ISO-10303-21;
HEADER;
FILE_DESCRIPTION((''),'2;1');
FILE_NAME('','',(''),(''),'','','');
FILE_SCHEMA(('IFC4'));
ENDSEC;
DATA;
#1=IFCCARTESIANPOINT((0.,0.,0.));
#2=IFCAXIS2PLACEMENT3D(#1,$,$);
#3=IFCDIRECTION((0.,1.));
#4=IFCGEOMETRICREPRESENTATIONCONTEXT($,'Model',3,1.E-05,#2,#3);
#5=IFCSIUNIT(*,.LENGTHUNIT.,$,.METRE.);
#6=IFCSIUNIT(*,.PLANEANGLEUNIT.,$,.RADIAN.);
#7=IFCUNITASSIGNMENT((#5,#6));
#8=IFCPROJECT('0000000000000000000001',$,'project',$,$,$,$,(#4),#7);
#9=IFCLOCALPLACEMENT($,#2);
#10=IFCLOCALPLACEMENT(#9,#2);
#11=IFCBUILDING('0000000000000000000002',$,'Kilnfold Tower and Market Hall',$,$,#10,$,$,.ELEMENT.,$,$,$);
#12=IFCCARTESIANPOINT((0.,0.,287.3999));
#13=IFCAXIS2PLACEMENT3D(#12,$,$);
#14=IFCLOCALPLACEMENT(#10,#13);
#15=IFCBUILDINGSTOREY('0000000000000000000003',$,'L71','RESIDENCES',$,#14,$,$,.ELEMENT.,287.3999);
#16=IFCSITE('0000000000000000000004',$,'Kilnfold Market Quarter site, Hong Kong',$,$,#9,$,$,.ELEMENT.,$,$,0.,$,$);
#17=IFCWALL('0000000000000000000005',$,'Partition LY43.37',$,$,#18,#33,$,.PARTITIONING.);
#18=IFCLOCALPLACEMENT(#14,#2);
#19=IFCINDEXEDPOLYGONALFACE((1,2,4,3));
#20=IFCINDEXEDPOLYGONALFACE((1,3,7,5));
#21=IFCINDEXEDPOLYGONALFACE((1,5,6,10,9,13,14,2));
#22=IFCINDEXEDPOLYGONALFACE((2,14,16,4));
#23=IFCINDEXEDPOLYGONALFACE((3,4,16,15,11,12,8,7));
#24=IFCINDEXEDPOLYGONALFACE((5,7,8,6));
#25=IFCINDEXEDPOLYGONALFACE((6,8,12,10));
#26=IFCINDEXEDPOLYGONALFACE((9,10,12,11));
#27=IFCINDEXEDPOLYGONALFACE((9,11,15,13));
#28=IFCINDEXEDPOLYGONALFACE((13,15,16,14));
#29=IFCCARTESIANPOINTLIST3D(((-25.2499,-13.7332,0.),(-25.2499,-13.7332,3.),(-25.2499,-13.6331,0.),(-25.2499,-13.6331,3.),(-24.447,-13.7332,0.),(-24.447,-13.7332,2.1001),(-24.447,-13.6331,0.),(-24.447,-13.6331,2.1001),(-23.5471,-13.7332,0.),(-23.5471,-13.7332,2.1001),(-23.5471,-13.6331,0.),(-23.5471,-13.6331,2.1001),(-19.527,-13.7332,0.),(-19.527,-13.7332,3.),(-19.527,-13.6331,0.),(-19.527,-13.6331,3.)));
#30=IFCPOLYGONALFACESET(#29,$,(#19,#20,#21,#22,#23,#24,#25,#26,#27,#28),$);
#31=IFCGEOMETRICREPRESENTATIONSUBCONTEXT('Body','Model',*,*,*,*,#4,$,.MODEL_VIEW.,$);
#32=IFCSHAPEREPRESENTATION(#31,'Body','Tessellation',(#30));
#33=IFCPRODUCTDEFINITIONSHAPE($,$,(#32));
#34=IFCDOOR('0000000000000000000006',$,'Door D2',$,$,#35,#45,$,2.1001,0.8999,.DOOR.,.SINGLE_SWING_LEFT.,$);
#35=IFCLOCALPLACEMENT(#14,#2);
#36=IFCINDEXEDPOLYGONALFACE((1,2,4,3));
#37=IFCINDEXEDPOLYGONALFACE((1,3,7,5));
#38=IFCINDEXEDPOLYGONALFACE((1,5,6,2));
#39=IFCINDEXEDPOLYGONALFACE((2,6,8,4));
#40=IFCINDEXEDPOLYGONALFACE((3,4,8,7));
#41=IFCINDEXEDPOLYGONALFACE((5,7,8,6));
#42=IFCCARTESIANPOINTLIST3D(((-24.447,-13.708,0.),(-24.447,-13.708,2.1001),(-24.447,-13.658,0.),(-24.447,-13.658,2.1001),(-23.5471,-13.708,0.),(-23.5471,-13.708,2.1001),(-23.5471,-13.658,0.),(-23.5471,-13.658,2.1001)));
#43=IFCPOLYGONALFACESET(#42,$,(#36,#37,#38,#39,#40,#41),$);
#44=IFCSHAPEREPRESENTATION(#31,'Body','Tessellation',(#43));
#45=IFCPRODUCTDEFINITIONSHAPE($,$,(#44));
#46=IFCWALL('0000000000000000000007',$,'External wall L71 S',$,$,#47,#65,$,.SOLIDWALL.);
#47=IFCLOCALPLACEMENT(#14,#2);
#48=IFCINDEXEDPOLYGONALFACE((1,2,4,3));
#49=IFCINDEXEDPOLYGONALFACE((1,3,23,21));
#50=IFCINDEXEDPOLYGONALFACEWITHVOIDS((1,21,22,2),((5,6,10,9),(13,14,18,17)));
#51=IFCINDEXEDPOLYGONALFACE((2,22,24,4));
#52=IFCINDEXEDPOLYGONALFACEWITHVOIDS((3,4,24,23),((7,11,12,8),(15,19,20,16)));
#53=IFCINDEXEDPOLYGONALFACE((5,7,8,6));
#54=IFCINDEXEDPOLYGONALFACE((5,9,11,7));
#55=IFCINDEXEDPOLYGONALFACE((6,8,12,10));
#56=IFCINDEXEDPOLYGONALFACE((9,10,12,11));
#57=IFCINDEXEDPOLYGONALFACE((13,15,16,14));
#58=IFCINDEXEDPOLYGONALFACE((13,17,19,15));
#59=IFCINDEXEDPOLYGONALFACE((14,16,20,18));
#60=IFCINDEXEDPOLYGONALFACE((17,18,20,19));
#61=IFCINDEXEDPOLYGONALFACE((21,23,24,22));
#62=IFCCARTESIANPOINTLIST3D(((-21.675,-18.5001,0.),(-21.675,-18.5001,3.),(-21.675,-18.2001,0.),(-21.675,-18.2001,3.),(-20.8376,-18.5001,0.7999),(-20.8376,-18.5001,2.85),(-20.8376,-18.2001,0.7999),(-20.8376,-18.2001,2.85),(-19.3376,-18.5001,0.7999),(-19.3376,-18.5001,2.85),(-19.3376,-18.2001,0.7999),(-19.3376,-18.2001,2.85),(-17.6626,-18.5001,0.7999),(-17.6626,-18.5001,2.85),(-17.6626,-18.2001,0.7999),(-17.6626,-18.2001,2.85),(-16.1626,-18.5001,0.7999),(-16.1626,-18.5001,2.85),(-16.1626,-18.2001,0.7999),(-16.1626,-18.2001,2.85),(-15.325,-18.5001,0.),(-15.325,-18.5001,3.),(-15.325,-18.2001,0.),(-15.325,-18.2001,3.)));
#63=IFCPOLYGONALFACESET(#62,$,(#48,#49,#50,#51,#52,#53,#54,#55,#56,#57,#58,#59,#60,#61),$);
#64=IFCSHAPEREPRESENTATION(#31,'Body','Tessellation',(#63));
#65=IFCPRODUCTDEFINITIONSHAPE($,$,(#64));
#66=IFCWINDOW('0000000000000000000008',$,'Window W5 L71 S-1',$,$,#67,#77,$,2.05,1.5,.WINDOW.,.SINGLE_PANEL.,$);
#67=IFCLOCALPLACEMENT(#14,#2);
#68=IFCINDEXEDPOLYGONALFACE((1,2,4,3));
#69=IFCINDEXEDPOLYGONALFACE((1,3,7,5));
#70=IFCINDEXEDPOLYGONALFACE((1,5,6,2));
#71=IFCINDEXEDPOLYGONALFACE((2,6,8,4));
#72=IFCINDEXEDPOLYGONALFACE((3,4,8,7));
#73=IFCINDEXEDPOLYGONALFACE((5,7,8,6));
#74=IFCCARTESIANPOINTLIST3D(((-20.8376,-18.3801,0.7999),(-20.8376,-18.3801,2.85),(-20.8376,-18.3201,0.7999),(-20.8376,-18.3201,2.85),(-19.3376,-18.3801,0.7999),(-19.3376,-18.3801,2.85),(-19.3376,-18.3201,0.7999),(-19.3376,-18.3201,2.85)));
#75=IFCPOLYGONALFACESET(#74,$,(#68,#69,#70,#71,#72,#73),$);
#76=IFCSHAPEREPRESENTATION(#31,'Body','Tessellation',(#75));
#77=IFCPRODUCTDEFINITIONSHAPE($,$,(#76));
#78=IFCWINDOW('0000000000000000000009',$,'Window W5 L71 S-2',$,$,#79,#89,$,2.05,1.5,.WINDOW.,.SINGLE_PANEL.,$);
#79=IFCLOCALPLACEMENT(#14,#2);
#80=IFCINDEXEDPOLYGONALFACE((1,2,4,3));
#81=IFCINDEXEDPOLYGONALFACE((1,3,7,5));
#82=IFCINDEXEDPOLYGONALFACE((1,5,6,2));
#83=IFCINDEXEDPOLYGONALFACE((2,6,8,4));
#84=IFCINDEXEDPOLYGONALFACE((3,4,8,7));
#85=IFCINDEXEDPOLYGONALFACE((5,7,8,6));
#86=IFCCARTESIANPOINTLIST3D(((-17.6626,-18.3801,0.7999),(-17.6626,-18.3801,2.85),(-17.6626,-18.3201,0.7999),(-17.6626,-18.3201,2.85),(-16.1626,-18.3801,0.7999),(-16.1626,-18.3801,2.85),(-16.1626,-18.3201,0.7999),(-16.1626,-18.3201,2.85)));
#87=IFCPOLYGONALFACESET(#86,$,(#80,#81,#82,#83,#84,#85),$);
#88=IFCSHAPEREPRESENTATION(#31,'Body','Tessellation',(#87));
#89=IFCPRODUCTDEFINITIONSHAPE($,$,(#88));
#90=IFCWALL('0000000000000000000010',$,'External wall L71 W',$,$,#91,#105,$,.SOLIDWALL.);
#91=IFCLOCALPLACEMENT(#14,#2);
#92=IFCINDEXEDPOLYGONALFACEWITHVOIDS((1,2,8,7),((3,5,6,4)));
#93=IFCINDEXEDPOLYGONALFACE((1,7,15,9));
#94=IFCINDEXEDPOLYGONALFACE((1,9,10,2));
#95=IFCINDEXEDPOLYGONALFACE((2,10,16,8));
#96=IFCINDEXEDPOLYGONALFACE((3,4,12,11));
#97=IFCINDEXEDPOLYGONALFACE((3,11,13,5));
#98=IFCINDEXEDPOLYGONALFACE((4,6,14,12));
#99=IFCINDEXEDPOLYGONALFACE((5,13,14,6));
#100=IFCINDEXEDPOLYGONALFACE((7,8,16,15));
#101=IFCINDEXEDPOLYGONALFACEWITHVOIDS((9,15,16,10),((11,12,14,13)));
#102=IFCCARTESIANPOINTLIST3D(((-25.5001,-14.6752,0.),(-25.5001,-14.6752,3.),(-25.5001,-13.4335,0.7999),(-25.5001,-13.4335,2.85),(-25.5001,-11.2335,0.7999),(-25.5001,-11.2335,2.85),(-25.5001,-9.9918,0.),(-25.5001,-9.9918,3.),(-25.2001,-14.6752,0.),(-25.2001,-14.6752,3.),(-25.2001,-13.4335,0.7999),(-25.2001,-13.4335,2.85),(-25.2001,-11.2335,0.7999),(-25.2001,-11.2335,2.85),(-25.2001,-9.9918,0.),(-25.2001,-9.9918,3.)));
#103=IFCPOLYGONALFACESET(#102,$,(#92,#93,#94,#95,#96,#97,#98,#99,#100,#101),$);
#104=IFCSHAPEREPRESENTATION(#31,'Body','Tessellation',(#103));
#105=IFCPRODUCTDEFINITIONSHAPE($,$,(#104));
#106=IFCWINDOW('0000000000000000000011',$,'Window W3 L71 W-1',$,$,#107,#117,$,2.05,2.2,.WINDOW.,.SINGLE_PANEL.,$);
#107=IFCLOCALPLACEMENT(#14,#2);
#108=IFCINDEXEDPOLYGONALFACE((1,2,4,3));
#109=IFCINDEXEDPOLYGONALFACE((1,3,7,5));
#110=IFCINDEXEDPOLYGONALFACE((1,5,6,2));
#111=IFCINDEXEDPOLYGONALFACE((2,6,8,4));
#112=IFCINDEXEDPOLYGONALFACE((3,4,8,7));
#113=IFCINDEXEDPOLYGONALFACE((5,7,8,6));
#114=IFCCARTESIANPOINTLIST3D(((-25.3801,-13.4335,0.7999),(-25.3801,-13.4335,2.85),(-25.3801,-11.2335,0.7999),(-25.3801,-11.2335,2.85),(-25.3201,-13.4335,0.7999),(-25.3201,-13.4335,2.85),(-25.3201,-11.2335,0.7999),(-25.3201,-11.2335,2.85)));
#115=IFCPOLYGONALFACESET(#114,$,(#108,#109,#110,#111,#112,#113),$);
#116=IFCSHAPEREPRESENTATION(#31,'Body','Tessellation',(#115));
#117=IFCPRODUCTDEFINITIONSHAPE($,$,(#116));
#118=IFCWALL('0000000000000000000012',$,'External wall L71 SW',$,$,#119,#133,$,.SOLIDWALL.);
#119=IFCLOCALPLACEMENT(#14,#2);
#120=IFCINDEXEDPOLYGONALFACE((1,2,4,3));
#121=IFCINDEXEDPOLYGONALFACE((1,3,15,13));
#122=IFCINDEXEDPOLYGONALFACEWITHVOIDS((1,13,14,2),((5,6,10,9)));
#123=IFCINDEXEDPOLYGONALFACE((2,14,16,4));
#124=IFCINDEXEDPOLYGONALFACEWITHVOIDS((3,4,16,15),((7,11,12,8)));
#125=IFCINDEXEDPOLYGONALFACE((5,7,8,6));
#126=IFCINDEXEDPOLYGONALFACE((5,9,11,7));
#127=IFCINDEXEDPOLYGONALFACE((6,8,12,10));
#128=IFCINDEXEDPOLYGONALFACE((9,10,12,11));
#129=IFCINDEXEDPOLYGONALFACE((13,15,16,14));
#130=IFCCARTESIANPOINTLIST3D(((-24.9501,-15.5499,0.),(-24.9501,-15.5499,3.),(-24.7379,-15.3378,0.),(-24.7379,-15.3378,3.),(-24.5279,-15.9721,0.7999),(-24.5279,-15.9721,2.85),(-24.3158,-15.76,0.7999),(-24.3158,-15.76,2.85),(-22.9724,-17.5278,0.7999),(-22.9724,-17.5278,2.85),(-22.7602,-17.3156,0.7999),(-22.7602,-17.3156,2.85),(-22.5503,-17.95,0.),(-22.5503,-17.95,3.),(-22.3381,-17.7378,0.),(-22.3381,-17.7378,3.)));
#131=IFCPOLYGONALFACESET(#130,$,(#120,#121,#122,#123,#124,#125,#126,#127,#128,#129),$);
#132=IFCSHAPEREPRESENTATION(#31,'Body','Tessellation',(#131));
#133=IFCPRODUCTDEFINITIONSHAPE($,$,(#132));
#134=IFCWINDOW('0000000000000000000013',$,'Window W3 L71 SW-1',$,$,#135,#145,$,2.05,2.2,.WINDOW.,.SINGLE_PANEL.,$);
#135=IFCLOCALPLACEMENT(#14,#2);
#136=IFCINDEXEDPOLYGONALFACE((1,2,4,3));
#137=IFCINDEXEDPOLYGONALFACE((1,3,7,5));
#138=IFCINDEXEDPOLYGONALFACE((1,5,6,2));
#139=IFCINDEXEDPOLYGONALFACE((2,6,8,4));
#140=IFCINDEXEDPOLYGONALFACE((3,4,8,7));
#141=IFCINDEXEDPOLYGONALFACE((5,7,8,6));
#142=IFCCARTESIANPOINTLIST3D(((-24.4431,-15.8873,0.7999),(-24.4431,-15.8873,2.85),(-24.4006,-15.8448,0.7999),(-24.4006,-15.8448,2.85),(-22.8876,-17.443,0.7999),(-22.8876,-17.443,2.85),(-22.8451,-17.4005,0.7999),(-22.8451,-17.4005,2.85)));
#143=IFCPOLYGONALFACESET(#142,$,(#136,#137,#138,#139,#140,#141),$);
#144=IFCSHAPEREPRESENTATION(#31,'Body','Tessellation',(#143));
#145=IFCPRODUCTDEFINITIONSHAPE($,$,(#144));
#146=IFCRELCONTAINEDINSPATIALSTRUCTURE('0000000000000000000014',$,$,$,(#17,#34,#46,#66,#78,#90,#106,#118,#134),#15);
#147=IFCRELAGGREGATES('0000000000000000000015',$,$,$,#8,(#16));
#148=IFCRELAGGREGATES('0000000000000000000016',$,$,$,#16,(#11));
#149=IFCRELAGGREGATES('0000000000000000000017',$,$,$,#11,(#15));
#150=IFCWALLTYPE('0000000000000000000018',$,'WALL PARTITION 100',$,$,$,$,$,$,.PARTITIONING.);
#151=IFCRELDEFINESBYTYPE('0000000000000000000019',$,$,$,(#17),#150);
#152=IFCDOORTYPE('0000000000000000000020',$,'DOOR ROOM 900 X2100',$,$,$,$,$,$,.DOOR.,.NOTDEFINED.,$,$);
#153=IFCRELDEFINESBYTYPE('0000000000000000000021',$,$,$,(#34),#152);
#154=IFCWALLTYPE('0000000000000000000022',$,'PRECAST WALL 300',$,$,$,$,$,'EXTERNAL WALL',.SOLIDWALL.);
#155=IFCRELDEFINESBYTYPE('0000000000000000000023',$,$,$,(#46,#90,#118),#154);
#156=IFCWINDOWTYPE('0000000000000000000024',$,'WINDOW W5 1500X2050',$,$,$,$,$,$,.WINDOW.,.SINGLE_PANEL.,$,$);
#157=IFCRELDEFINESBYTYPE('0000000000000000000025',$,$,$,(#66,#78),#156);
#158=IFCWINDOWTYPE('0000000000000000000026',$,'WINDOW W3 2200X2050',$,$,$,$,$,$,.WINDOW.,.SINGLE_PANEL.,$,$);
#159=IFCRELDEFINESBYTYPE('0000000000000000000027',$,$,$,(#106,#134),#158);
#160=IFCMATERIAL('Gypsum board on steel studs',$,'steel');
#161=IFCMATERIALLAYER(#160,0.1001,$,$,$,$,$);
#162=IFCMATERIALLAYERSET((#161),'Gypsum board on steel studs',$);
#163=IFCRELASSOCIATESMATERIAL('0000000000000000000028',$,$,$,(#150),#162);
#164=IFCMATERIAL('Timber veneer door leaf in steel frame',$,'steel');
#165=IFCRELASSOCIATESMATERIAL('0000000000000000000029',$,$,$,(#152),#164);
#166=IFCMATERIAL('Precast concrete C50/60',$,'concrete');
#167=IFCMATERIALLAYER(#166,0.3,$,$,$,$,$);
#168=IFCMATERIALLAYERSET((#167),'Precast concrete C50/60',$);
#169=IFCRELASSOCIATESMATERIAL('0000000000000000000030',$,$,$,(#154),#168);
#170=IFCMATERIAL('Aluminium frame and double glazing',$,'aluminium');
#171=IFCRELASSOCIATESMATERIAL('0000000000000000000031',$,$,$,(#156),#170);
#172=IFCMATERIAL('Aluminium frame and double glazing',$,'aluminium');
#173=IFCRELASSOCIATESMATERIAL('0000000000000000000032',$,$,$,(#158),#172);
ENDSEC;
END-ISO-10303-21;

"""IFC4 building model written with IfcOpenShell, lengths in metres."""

from ifc_helpers import new_model, si_unit, direction, frame, frame_2d, origin, place, context, subcontext, project, spatial, rectangle, extrude, source, transform, mapped, material, layer, layer_set, type_object, element, fill, save


model = new_model("IFC4")

# Units and contexts
model_context = context("Model", 3, precision=1e-05, world=origin(), true_north=direction((0.0, 1.0)))
body_context = subcontext(model_context, "Body", "Model", "MODEL_VIEW")
ifc_project = project(units=[si_unit("LENGTHUNIT", "METRE"), si_unit("PLANEANGLEUNIT", "RADIAN")], contexts=[model_context])

# Site, building, storey
site_placement = place(None, origin())
site = spatial("IfcSite", under=ifc_project, at=site_placement, Name="Kilnfold Market Quarter site, Hong Kong", CompositionType="ELEMENT", RefElevation=0.0)
building_placement = place(site_placement, origin())
building = spatial("IfcBuilding", under=site, at=building_placement, Name="Kilnfold Tower and Market Hall", CompositionType="ELEMENT")
storey_placement = place(building_placement, frame((0.0, 0.0, 287.3999)))
storey = spatial("IfcBuildingStorey", under=building, at=storey_placement, Name="L71", Description="RESIDENCES", CompositionType="ELEMENT", Elevation=287.3999)

# Wall, opening, door
ifc_material_1 = material(Name="Gypsum board on steel studs", Category="steel")
ifc_layer_1 = layer(ifc_material_1, 0.1001)
ifc_layer_set_1 = layer_set([ifc_layer_1], Name="Gypsum board on steel studs")
wall_type_1 = type_object("IfcWallType", Name="WALL PARTITION 100", PredefinedType="PARTITIONING", material=ifc_layer_set_1)
wall_1_placement = place(storey_placement, frame((-19.5271, -13.6831, 0.0), z_axis=(0.0, 0.0, 1.0), x_axis=(-1.0, 0.0, 0.0)))
wall_1 = element("IfcWall", 1, at=wall_1_placement, inside=storey, type_object=wall_type_1, Name="Partition LY43.37", PredefinedType="PARTITIONING", context=body_context, shape_type="SweptSolid", body=[
    extrude(rectangle(XDim=5.7229, YDim=0.1001, at=frame_2d((2.8613, 0.0))), origin(), (0.0, 0.0, 1.0), 3.0),
])
opening_1_placement = place(wall_1_placement, frame((4.02, 0.0, 0.0)))
opening_1 = element("IfcOpeningElement", 2, at=opening_1_placement, cuts=wall_1, PredefinedType="OPENING", context=body_context, shape_type="SweptSolid", body=[
    extrude(rectangle(XDim=0.8999, YDim=2.1001, at=frame_2d((0.45, 1.05))), frame((0.0, 0.0601, 0.0), z_axis=(0.0, -1.0, 0.0), x_axis=(1.0, 0.0, 0.0)), (0.0, 0.0, 1.0), 0.1201),
])
ifc_material_2 = material(Name="Timber veneer door leaf in steel frame", Category="steel")
door_type_1 = type_object("IfcDoorType", Name="DOOR ROOM 900 X2100", OperationType="NOTDEFINED", PredefinedType="DOOR", material=ifc_material_2)
door_1_placement = place(opening_1_placement, origin())
door_1 = element("IfcDoor", 3, at=door_1_placement, inside=storey, type_object=door_type_1, Name="Door D2", OperationType="SINGLE_SWING_LEFT", OverallHeight=2.1001, OverallWidth=0.8999, PredefinedType="DOOR", context=body_context, shape_type="SweptSolid", body=[
    extrude(rectangle(XDim=0.8999, YDim=2.1001, at=frame_2d((0.45, 1.05))), frame((0.0, 0.0249, 0.0), z_axis=(0.0, -1.0, 0.0), x_axis=(1.0, 0.0, 0.0)), (0.0, 0.0, 1.0), 0.05),
])
fill(opening_1, door_1)

# Wall, openings, windows
ifc_material_3 = material(Name="Precast concrete C50/60", Category="concrete")
ifc_layer_2 = layer(ifc_material_3, 0.3)
ifc_layer_set_2 = layer_set([ifc_layer_2], Name="Precast concrete C50/60")
wall_type_2 = type_object("IfcWallType", Name="PRECAST WALL 300", ElementType="EXTERNAL WALL", PredefinedType="SOLIDWALL", material=ifc_layer_set_2)
shared_shape_1 = source(origin(), body_context, "Body", "SweptSolid", [
    extrude(rectangle(XDim=6.3501, YDim=0.3, at=frame_2d((3.175, 0.0))), origin(), (0.0, 0.0, 1.0), 3.0),
])
wall_2_placement = place(storey_placement, frame((-21.675, -18.3501, 0.0), z_axis=(0.0, 0.0, 1.0), x_axis=(1.0, 0.0, 0.0)))
wall_2 = element("IfcWall", 4, at=wall_2_placement, inside=storey, type_object=wall_type_2, Name="External wall L71 S", PredefinedType="SOLIDWALL", context=body_context, shape_type="MappedRepresentation", body=[
    mapped(shared_shape_1, transform((0.0, 0.0, 0.0))),
])
opening_2_placement = place(wall_2_placement, frame((0.8374, 0.0, 0.8)))
opening_2 = element("IfcOpeningElement", 5, at=opening_2_placement, cuts=wall_2, PredefinedType="OPENING", context=body_context, shape_type="SweptSolid", body=[
    extrude(rectangle(XDim=1.5, YDim=2.05, at=frame_2d((0.75, 1.0249))), frame((0.0, 0.1602, 0.0), z_axis=(0.0, -1.0, 0.0), x_axis=(1.0, 0.0, 0.0)), (0.0, 0.0, 1.0), 0.3201),
])
opening_3_placement = place(wall_2_placement, frame((4.0125, 0.0, 0.8)))
opening_3 = element("IfcOpeningElement", 6, at=opening_3_placement, cuts=wall_2, PredefinedType="OPENING", context=body_context, shape_type="SweptSolid", body=[
    extrude(rectangle(XDim=1.5, YDim=2.05, at=frame_2d((0.75, 1.0249))), frame((0.0, 0.1602, 0.0), z_axis=(0.0, -1.0, 0.0), x_axis=(1.0, 0.0, 0.0)), (0.0, 0.0, 1.0), 0.3201),
])
ifc_material_4 = material(Name="Aluminium frame and double glazing", Category="aluminium")
window_type_1 = type_object("IfcWindowType", Name="WINDOW W5 1500X2050", PartitioningType="SINGLE_PANEL", PredefinedType="WINDOW", material=ifc_material_4)
window_1_placement = place(opening_2_placement, origin())
window_1 = element("IfcWindow", 7, at=window_1_placement, inside=storey, type_object=window_type_1, Name="Window W5 L71 S-1", OverallHeight=2.05, OverallWidth=1.5, PartitioningType="SINGLE_PANEL", PredefinedType="WINDOW", context=body_context, shape_type="SweptSolid", body=[
    extrude(rectangle(XDim=1.5, YDim=2.05, at=frame_2d((0.75, 1.0249))), frame((0.0, 0.03, 0.0), z_axis=(0.0, -1.0, 0.0), x_axis=(1.0, 0.0, 0.0)), (0.0, 0.0, 1.0), 0.0601),
])
fill(opening_2, window_1)
window_2_placement = place(opening_3_placement, origin())
window_2 = element("IfcWindow", 8, at=window_2_placement, inside=storey, type_object=window_type_1, Name="Window W5 L71 S-2", OverallHeight=2.05, OverallWidth=1.5, PartitioningType="SINGLE_PANEL", PredefinedType="WINDOW", context=body_context, shape_type="SweptSolid", body=[
    extrude(rectangle(XDim=1.5, YDim=2.05, at=frame_2d((0.75, 1.0249))), frame((0.0, 0.03, 0.0), z_axis=(0.0, -1.0, 0.0), x_axis=(1.0, 0.0, 0.0)), (0.0, 0.0, 1.0), 0.0601),
])
fill(opening_3, window_2)

# Walls, openings, windows
shared_shape_2 = source(origin(), body_context, "Body", "SweptSolid", [
    extrude(rectangle(XDim=4.6833, YDim=0.3, at=frame_2d((2.3418, 0.0))), origin(), (0.0, 0.0, 1.0), 3.0),
])
wall_3_placement = place(storey_placement, frame((-25.3501, -9.9917, 0.0), z_axis=(0.0, 0.0, 1.0), x_axis=(0.0, -1.0, 0.0)))
wall_3 = element("IfcWall", 9, at=wall_3_placement, inside=storey, type_object=wall_type_2, Name="External wall L71 W", PredefinedType="SOLIDWALL", context=body_context, shape_type="MappedRepresentation", body=[
    mapped(shared_shape_2, transform((0.0, 0.0, 0.0))),
])
opening_4_placement = place(wall_3_placement, frame((1.2417, 0.0, 0.8)))
opening_4 = element("IfcOpeningElement", 10, at=opening_4_placement, cuts=wall_3, PredefinedType="OPENING", context=body_context, shape_type="SweptSolid", body=[
    extrude(rectangle(XDim=2.2, YDim=2.05, at=frame_2d((1.1001, 1.0249))), frame((0.0, 0.1602, 0.0), z_axis=(0.0, -1.0, 0.0), x_axis=(1.0, 0.0, 0.0)), (0.0, 0.0, 1.0), 0.3201),
])
ifc_material_5 = material(Name="Aluminium frame and double glazing", Category="aluminium")
window_type_2 = type_object("IfcWindowType", Name="WINDOW W3 2200X2050", PartitioningType="SINGLE_PANEL", PredefinedType="WINDOW", material=ifc_material_5)
window_3_placement = place(opening_4_placement, origin())
window_3 = element("IfcWindow", 11, at=window_3_placement, inside=storey, type_object=window_type_2, Name="Window W3 L71 W-1", OverallHeight=2.05, OverallWidth=2.2, PartitioningType="SINGLE_PANEL", PredefinedType="WINDOW", context=body_context, shape_type="SweptSolid", body=[
    extrude(rectangle(XDim=2.2, YDim=2.05, at=frame_2d((1.1001, 1.0249))), frame((0.0, 0.03, 0.0), z_axis=(0.0, -1.0, 0.0), x_axis=(1.0, 0.0, 0.0)), (0.0, 0.0, 1.0), 0.0601),
])
fill(opening_4, window_3)
shared_shape_3 = source(origin(), body_context, "Body", "SweptSolid", [
    extrude(rectangle(XDim=3.394, YDim=0.3, at=frame_2d((1.697, 0.0))), origin(), (0.0, 0.0, 1.0), 3.0),
])
wall_4_placement = place(storey_placement, frame((-24.844, -15.4438, 0.0), z_axis=(0.0, 0.0, 1.0), x_axis=(0.707071, -0.707143, 0.0)))
wall_4 = element("IfcWall", 12, at=wall_4_placement, inside=storey, type_object=wall_type_2, Name="External wall L71 SW", PredefinedType="SOLIDWALL", context=body_context, shape_type="MappedRepresentation", body=[
    mapped(shared_shape_3, transform((0.0, 0.0, 0.0))),
])
opening_5_placement = place(wall_4_placement, frame((0.5969, 0.0, 0.8)))
opening_5 = element("IfcOpeningElement", 13, at=opening_5_placement, cuts=wall_4, PredefinedType="OPENING", context=body_context, shape_type="SweptSolid", body=[
    extrude(rectangle(XDim=2.2, YDim=2.05, at=frame_2d((1.1001, 1.0249))), frame((0.0, 0.1602, 0.0), z_axis=(0.0, -1.0, 0.0), x_axis=(1.0, 0.0, 0.0)), (0.0, 0.0, 1.0), 0.3201),
])
window_4_placement = place(opening_5_placement, origin())
window_4 = element("IfcWindow", 14, at=window_4_placement, inside=storey, type_object=window_type_2, Name="Window W3 L71 SW-1", OverallHeight=2.05, OverallWidth=2.2, PartitioningType="SINGLE_PANEL", PredefinedType="WINDOW", context=body_context, shape_type="SweptSolid", body=[
    extrude(rectangle(XDim=2.2, YDim=2.05, at=frame_2d((1.1001, 1.0249))), frame((0.0, 0.03, 0.0), z_axis=(0.0, -1.0, 0.0), x_axis=(1.0, 0.0, 0.0)), (0.0, 0.0, 1.0), 0.0601),
])
fill(opening_5, window_4)

save(model, "model.ifc")
